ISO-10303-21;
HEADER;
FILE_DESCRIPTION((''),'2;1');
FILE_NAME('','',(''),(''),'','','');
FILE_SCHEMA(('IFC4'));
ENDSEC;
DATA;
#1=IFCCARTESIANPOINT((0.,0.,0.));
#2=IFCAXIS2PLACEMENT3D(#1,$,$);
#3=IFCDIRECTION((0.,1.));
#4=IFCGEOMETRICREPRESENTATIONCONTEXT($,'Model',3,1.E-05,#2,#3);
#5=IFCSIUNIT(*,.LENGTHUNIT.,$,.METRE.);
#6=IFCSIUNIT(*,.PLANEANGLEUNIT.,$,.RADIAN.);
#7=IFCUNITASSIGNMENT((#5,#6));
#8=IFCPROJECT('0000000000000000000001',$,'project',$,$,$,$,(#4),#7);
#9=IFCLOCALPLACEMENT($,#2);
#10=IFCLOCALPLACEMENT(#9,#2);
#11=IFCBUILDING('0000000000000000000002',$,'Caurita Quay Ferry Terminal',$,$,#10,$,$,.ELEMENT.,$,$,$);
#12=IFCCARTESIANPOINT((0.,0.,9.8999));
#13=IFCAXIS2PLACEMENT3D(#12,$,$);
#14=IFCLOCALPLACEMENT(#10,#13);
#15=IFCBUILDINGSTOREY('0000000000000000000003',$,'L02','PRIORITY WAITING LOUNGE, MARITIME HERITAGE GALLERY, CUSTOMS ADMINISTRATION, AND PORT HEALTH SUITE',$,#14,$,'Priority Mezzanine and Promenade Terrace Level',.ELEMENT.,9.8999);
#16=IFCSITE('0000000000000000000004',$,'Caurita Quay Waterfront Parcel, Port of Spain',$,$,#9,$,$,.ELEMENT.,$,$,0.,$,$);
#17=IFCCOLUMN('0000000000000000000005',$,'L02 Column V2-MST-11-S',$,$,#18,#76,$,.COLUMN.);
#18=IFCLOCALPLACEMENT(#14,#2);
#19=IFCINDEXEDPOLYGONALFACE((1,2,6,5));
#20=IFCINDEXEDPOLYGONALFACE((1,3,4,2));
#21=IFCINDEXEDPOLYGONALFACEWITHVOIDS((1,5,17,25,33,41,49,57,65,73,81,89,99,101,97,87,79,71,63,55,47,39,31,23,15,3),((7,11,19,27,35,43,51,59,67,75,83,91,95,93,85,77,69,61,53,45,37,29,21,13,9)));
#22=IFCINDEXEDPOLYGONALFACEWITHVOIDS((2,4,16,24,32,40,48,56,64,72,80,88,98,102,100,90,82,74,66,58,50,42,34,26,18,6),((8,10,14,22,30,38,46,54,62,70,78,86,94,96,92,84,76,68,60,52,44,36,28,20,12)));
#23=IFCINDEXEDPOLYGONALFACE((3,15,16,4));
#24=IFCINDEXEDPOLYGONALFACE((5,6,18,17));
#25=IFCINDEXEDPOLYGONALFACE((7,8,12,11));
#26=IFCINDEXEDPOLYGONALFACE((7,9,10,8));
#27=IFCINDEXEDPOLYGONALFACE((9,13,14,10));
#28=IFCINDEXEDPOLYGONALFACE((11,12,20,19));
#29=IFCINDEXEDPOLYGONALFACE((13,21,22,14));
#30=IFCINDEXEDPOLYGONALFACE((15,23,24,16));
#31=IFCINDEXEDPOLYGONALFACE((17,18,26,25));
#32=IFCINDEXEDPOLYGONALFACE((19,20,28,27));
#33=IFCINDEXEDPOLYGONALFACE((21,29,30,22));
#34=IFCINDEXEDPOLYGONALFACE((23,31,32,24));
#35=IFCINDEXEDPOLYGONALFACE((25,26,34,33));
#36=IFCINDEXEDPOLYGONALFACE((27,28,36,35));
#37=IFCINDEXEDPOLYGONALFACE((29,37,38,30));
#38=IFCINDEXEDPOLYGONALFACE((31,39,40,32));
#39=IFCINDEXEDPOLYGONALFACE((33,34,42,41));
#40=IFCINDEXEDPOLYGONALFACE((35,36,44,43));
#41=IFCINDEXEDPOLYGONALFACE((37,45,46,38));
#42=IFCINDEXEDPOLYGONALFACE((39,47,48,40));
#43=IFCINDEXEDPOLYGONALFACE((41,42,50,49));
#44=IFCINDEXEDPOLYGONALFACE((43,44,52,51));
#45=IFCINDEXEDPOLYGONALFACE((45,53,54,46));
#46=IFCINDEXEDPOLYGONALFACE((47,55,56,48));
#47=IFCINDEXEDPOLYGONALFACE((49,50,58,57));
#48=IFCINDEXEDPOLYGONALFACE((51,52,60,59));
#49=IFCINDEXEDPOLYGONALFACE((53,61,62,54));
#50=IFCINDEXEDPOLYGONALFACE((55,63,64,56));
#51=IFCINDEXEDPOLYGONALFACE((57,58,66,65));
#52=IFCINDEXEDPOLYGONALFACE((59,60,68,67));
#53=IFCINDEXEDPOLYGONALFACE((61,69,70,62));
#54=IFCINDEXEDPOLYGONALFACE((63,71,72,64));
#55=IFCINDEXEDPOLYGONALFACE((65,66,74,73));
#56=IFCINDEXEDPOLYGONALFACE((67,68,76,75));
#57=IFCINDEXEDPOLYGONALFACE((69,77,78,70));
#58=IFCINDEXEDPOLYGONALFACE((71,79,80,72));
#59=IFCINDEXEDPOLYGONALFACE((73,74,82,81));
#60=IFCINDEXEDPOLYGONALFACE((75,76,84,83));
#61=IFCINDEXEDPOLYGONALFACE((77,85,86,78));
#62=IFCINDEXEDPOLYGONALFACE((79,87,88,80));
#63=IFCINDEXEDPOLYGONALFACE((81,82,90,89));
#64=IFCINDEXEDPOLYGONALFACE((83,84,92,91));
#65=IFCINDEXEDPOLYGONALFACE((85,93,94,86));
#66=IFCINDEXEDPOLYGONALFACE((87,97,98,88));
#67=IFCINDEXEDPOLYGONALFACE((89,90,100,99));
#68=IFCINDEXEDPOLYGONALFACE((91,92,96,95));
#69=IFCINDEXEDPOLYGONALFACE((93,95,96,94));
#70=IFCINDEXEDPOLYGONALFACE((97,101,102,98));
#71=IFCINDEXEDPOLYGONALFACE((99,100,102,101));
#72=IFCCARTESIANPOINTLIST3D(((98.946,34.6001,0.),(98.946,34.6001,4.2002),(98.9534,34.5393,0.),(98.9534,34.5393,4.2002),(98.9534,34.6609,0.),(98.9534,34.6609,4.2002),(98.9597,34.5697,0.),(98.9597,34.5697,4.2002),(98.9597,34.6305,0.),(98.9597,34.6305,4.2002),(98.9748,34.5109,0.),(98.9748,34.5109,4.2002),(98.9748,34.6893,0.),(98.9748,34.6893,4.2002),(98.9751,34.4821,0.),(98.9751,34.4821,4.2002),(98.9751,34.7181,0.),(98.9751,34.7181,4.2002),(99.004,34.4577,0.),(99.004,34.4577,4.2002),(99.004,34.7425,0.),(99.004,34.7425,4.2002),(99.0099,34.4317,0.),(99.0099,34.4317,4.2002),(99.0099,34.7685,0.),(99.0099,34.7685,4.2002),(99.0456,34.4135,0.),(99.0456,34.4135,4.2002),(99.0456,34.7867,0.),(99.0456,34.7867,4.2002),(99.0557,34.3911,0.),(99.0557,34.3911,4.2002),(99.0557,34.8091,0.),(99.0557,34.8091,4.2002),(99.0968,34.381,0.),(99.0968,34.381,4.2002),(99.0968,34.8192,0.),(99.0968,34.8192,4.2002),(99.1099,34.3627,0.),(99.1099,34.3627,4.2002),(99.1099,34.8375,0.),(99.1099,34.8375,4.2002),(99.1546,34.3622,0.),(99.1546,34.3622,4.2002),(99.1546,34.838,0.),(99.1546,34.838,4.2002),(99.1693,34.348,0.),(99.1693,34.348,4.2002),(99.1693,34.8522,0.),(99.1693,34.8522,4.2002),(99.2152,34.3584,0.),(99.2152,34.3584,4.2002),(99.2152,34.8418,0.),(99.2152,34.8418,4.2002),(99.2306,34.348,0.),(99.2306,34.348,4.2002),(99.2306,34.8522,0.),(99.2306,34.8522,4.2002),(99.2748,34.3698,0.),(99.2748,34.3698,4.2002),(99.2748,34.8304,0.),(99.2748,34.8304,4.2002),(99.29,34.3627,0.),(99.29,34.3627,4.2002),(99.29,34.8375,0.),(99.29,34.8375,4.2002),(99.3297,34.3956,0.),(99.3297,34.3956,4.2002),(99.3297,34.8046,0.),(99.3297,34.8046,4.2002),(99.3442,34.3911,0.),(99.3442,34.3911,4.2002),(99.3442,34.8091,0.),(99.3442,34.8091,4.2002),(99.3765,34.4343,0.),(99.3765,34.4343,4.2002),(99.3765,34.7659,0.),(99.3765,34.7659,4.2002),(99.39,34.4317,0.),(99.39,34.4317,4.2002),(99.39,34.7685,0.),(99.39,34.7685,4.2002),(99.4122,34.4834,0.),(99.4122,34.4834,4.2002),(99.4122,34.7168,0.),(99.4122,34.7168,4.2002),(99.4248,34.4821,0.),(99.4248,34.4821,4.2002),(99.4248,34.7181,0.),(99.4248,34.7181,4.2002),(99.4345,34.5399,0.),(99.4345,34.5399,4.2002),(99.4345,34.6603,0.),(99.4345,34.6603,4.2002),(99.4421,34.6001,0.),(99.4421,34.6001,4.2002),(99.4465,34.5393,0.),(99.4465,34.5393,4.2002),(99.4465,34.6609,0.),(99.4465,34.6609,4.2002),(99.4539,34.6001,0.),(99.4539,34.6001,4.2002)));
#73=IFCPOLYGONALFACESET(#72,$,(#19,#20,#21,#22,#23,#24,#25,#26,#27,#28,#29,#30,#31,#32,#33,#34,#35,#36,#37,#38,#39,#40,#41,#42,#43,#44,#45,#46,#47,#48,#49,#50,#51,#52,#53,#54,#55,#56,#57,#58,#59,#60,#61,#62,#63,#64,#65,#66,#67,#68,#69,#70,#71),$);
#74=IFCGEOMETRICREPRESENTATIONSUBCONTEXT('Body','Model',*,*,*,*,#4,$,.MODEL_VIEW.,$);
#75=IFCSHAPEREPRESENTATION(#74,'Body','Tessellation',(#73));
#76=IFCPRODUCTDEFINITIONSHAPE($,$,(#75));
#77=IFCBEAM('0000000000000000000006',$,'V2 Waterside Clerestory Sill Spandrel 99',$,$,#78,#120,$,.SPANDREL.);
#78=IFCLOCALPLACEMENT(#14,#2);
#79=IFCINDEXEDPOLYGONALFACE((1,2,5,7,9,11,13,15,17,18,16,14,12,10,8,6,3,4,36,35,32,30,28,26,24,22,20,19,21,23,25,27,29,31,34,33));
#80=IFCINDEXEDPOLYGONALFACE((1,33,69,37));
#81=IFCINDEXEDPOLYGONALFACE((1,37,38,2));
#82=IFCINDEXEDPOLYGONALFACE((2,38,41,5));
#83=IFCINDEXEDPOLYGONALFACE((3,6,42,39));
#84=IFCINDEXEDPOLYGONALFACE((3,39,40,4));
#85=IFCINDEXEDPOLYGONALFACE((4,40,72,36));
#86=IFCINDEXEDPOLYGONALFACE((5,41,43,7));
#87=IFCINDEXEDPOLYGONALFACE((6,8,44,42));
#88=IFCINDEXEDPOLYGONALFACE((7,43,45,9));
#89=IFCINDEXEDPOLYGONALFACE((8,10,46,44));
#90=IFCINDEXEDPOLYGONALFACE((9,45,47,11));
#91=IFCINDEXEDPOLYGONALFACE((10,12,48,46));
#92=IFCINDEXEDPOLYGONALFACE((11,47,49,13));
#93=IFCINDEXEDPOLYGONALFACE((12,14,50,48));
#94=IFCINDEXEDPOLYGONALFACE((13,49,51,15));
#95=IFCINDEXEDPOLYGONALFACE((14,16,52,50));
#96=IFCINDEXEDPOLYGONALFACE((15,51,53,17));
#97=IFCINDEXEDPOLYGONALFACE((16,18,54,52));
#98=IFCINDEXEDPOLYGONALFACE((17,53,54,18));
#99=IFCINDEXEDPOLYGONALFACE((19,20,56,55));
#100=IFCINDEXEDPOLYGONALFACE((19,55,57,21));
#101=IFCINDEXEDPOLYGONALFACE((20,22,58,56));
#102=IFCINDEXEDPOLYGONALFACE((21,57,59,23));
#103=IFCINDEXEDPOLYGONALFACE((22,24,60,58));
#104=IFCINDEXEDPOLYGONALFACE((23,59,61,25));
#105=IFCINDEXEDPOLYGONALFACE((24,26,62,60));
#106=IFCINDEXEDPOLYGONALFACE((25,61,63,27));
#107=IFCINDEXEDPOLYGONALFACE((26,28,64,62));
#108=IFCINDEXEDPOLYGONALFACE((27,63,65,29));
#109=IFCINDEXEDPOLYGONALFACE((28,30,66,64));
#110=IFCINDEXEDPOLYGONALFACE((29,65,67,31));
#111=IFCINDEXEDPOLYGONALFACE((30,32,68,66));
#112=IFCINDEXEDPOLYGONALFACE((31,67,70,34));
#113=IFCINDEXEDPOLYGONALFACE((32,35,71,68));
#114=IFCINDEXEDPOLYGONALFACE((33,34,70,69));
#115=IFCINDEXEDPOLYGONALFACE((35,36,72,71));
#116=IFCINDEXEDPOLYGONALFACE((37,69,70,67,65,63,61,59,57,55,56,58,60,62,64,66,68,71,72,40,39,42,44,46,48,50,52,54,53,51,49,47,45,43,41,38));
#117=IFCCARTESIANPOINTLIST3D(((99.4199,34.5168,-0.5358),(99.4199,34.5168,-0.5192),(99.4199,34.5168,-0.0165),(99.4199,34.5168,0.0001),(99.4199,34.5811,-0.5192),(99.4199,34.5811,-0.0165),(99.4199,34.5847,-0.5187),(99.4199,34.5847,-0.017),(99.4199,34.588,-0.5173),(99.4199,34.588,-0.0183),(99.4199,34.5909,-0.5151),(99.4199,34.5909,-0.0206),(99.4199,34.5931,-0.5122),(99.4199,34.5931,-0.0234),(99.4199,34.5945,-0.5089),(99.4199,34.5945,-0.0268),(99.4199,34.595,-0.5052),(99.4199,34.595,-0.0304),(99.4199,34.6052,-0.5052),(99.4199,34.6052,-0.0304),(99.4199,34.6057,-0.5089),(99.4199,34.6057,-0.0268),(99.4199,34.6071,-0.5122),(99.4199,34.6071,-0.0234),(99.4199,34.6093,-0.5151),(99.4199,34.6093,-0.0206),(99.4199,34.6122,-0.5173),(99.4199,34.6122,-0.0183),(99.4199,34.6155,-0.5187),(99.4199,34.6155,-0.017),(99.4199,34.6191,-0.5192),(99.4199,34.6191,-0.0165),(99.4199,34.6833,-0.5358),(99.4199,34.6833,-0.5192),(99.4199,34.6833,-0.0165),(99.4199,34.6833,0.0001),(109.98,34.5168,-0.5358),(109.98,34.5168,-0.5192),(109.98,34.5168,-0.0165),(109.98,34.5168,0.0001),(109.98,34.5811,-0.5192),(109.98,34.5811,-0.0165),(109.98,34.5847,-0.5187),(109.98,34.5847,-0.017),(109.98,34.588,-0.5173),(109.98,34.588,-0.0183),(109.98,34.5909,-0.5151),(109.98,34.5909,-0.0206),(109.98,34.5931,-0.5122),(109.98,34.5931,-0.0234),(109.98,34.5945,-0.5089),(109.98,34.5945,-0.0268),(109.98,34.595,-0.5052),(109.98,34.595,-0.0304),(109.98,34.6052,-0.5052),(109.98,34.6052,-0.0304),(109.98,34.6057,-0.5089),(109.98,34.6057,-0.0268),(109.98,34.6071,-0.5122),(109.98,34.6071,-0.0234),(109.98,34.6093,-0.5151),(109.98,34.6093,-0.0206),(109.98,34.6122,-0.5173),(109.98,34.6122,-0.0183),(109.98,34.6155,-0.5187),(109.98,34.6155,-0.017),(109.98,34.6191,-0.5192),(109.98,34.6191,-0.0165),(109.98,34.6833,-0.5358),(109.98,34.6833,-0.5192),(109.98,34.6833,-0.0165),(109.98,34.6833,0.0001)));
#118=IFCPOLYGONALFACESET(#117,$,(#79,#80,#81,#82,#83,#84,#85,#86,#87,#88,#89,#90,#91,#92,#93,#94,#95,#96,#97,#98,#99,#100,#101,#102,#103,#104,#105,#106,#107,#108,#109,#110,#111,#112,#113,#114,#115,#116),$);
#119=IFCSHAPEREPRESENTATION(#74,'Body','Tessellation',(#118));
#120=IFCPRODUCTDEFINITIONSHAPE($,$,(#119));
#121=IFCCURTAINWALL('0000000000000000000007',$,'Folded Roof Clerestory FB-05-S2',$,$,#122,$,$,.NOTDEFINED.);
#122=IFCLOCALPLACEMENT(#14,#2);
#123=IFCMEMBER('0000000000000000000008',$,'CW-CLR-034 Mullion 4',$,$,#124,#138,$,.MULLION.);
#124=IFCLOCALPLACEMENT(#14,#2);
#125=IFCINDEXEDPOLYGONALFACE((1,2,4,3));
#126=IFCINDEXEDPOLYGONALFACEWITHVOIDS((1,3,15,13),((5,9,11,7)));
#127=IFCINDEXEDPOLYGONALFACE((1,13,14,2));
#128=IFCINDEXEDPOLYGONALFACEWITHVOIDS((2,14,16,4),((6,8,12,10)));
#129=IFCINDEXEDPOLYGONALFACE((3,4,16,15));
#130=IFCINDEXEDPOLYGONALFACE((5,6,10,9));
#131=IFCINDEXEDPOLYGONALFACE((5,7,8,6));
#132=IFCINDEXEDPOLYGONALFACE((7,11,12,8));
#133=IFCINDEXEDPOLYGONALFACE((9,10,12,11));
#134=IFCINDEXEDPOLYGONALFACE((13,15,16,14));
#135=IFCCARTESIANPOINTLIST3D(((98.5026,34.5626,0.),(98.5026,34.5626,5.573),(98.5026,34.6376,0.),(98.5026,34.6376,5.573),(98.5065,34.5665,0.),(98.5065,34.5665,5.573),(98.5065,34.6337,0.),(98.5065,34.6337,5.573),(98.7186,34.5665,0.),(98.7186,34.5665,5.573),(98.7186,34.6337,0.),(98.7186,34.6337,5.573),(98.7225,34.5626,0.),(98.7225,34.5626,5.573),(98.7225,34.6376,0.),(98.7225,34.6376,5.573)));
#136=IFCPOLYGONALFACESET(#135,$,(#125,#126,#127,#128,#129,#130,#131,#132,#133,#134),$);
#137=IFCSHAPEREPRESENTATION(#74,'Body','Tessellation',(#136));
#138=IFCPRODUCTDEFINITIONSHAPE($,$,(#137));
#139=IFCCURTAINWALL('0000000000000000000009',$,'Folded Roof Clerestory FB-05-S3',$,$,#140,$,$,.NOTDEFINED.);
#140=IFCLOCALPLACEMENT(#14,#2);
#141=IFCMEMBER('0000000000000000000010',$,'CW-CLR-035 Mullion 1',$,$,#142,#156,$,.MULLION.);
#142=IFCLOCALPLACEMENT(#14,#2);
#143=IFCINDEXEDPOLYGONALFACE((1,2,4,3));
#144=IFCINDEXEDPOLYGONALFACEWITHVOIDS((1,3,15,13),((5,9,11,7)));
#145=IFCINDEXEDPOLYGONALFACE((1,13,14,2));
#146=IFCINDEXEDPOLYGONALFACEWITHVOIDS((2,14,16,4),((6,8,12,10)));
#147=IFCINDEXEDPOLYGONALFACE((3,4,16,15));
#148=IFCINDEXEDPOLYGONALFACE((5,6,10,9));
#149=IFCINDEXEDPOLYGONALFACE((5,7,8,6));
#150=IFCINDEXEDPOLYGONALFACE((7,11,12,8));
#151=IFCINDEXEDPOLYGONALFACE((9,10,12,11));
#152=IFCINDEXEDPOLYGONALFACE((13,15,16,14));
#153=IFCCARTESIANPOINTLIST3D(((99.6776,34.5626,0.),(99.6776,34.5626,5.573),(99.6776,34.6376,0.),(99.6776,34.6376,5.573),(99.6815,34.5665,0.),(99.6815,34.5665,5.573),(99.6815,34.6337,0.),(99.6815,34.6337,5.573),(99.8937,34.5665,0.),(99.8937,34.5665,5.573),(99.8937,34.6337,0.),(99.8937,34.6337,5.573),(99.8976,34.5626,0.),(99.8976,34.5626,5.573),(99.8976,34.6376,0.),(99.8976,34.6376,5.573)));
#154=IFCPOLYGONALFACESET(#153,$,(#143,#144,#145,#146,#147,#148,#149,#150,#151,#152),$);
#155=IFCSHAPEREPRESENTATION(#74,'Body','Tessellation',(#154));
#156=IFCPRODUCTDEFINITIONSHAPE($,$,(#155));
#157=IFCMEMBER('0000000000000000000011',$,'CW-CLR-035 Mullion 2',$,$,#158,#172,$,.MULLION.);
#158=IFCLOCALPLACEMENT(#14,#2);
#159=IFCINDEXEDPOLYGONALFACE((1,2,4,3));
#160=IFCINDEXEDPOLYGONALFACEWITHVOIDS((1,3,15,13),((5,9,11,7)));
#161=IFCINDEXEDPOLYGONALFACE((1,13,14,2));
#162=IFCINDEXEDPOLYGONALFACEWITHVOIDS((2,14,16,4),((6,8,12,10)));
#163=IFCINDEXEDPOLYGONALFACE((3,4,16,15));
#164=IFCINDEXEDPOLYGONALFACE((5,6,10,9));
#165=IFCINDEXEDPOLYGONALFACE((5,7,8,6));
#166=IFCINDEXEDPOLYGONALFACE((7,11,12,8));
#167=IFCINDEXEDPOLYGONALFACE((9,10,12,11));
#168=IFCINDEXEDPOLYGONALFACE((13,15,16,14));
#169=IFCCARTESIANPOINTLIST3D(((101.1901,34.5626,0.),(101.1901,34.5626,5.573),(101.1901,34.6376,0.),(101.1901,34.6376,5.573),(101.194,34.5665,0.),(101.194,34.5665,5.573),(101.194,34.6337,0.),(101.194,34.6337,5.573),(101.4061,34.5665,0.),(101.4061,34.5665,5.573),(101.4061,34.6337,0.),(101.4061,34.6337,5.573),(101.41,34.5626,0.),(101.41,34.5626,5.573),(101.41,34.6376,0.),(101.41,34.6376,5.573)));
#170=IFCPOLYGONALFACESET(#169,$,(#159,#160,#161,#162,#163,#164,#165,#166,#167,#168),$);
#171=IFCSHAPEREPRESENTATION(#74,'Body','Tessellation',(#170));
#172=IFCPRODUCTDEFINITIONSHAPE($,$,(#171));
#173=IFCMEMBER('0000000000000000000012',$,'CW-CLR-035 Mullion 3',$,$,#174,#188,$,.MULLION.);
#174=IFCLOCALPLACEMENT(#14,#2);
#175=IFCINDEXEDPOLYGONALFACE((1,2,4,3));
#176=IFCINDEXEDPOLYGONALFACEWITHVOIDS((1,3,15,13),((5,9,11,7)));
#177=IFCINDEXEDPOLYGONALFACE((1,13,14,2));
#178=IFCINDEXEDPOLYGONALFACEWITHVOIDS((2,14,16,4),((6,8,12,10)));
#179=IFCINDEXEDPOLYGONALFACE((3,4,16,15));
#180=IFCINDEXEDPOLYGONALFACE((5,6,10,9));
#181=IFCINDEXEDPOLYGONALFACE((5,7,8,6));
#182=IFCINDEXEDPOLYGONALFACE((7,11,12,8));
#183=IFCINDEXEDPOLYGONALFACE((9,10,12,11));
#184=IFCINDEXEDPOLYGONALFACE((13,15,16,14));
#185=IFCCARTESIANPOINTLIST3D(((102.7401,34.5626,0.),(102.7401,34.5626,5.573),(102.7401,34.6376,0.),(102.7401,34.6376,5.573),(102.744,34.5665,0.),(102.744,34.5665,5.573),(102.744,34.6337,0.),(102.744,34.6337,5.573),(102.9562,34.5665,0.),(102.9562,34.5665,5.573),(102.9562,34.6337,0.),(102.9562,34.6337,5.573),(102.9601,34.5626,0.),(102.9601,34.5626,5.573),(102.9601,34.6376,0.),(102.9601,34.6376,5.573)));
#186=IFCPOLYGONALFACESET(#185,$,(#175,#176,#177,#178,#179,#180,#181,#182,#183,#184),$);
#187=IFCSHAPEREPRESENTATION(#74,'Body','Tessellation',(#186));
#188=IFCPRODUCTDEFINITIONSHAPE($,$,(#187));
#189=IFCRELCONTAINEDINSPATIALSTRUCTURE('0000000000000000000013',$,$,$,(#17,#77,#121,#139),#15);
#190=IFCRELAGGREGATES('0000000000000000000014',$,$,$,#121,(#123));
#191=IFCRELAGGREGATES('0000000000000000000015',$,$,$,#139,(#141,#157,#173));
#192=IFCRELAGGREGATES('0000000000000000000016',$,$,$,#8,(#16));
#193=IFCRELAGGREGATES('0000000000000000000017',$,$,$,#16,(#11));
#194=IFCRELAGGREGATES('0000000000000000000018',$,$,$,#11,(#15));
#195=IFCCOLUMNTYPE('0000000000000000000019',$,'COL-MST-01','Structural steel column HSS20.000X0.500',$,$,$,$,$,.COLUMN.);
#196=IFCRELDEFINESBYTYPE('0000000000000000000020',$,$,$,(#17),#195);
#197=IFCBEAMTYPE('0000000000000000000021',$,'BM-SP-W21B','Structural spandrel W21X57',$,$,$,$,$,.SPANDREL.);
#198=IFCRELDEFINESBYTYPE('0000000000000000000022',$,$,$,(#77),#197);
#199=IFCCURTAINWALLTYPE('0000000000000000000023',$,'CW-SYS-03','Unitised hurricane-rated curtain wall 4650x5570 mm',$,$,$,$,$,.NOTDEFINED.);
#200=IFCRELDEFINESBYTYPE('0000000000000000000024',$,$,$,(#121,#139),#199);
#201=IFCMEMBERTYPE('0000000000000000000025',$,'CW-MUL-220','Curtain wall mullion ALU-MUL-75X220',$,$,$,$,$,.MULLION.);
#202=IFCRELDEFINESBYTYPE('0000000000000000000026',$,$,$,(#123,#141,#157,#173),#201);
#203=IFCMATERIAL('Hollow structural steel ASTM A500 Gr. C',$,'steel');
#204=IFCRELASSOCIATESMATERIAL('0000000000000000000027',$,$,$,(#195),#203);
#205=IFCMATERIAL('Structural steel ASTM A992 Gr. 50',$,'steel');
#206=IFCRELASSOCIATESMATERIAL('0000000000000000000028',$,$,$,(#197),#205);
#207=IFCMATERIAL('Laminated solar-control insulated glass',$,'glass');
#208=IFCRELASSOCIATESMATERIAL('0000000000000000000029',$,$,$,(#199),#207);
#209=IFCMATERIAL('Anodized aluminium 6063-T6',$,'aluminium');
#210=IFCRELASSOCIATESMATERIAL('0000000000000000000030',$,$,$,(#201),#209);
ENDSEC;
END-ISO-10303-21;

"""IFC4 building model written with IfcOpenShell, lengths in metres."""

from ifc_helpers import new_model, si_unit, direction, frame, origin, origin_2d, place, context, subcontext, project, spatial, hollow_rectangle, hollow_circle, i_section, extrude, material, material_profile, profile_set, type_object, element, aggregate, save


model = new_model("IFC4")

# Units and contexts
model_context = context("Model", 3, precision=1e-05, world=origin(), true_north=direction((0.0, 1.0)))
body_context = subcontext(model_context, "Body", "Model", "MODEL_VIEW")
ifc_project = project(units=[si_unit("LENGTHUNIT", "METRE"), si_unit("PLANEANGLEUNIT", "RADIAN")], contexts=[model_context])

# Site, building, storey
site_placement = place(None, origin())
site = spatial("IfcSite", under=ifc_project, at=site_placement, Name="Caurita Quay Waterfront Parcel, Port of Spain", CompositionType="ELEMENT", RefElevation=0.0)
building_placement = place(site_placement, origin())
building = spatial("IfcBuilding", under=site, at=building_placement, Name="Caurita Quay Ferry Terminal", CompositionType="ELEMENT")
storey_placement = place(building_placement, frame((0.0, 0.0, 9.8999)))
storey = spatial("IfcBuildingStorey", under=building, at=storey_placement, Name="L02", Description="PRIORITY WAITING LOUNGE, MARITIME HERITAGE GALLERY, CUSTOMS ADMINISTRATION, AND PORT HEALTH SUITE", LongName="Priority Mezzanine and Promenade Terrace Level", CompositionType="ELEMENT", Elevation=9.8999)

# Column
ifc_material_1 = material(Name="Hollow structural steel ASTM A500 Gr. C", Category="steel")
ifc_material_profile_1 = material_profile(ifc_material_1, hollow_circle(Radius=0.2539, WallThickness=0.0117, at=origin_2d()), Name="HSS20.000X0.500")
ifc_profile_set_1 = profile_set([ifc_material_profile_1], Name="Hollow structural steel ASTM A500 Gr. C")
column_type = type_object("IfcColumnType", Name="COL-MST-01", Description="Structural steel column HSS20.000X0.500", PredefinedType="COLUMN", material=ifc_profile_set_1)
column_placement = place(storey_placement, frame((99.2, 34.6001, 0.0), z_axis=(0.0, 0.0, 1.0), x_axis=(1.0, 0.0, 0.0)))
element("IfcColumn", 1, at=column_placement, inside=storey, type_object=column_type, Name="L02 Column V2-MST-11-S", PredefinedType="COLUMN", context=body_context, shape_type="SweptSolid", body=[
    extrude(hollow_circle(Radius=0.2539, WallThickness=0.0117, at=origin_2d()), origin(), (0.0, 0.0, 1.0), 4.2002),
])

# Beam
ifc_material_2 = material(Name="Structural steel ASTM A992 Gr. 50", Category="steel")
ifc_material_profile_2 = material_profile(ifc_material_2, i_section(OverallWidth=0.1665, OverallDepth=0.5359, WebThickness=0.0103, FlangeThickness=0.0166, FilletRadius=0.0139, at=origin_2d()), Name="W21X57")
ifc_profile_set_2 = profile_set([ifc_material_profile_2], Name="Structural steel ASTM A992 Gr. 50")
beam_type = type_object("IfcBeamType", Name="BM-SP-W21B", Description="Structural spandrel W21X57", PredefinedType="SPANDREL", material=ifc_profile_set_2)
beam_placement = place(storey_placement, frame((99.4199, 34.6001, -0.2678), z_axis=(1.0, 0.0, 0.0), x_axis=(0.0, 1.0, 0.0)))
element("IfcBeam", 2, at=beam_placement, inside=storey, type_object=beam_type, Name="V2 Waterside Clerestory Sill Spandrel 99", PredefinedType="SPANDREL", context=body_context, shape_type="SweptSolid", body=[
    extrude(i_section(OverallWidth=0.1665, OverallDepth=0.5359, WebThickness=0.0103, FlangeThickness=0.0166, FilletRadius=0.0139, at=origin_2d()), origin(), (0.0, 0.0, 1.0), 10.5601),
])

# Curtain wall, member
ifc_material_3 = material(Name="Laminated solar-control insulated glass", Category="glass")
curtain_wall_type_1 = type_object("IfcCurtainWallType", Name="CW-SYS-03", Description="Unitised hurricane-rated curtain wall 4650x5570 mm", PredefinedType="NOTDEFINED", material=ifc_material_3)
curtain_wall_1_placement = place(storey_placement, origin())
curtain_wall_1 = element("IfcCurtainWall", 3, at=curtain_wall_1_placement, inside=storey, type_object=curtain_wall_type_1, Name="Folded Roof Clerestory FB-05-S2", PredefinedType="NOTDEFINED")
ifc_material_4 = material(Name="Anodized aluminium 6063-T6", Category="aluminium")
ifc_material_profile_3 = material_profile(ifc_material_4, hollow_rectangle(XDim=0.075, YDim=0.22, WallThickness=0.0039, at=origin_2d()), Name="ALU-MUL-75X220")
ifc_profile_set_3 = profile_set([ifc_material_profile_3], Name="Anodized aluminium 6063-T6")
member_type_1 = type_object("IfcMemberType", Name="CW-MUL-220", Description="Curtain wall mullion ALU-MUL-75X220", PredefinedType="MULLION", material=ifc_profile_set_3)
member_1_placement = place(storey_placement, frame((98.6125, 34.6001, 0.0), z_axis=(0.0, 0.0, 1.0), x_axis=(0.0, 1.0, 0.0)))
member_1 = element("IfcMember", 4, at=member_1_placement, type_object=member_type_1, Name="CW-CLR-034 Mullion 4", PredefinedType="MULLION", context=body_context, shape_type="SweptSolid", body=[
    extrude(hollow_rectangle(XDim=0.075, YDim=0.22, WallThickness=0.0039, at=origin_2d()), origin(), (0.0, 0.0, 1.0), 5.573),
])

# Curtain wall, members
curtain_wall_2_placement = place(storey_placement, origin())
curtain_wall_2 = element("IfcCurtainWall", 5, at=curtain_wall_2_placement, inside=storey, type_object=curtain_wall_type_1, Name="Folded Roof Clerestory FB-05-S3", PredefinedType="NOTDEFINED")
member_2_placement = place(storey_placement, frame((99.7876, 34.6001, 0.0), z_axis=(0.0, 0.0, 1.0), x_axis=(0.0, 1.0, 0.0)))
member_2 = element("IfcMember", 6, at=member_2_placement, type_object=member_type_1, Name="CW-CLR-035 Mullion 1", PredefinedType="MULLION", context=body_context, shape_type="SweptSolid", body=[
    extrude(hollow_rectangle(XDim=0.075, YDim=0.22, WallThickness=0.0039, at=origin_2d()), origin(), (0.0, 0.0, 1.0), 5.573),
])
member_3_placement = place(storey_placement, frame((101.3, 34.6001, 0.0), z_axis=(0.0, 0.0, 1.0), x_axis=(0.0, 1.0, 0.0)))
member_3 = element("IfcMember", 7, at=member_3_placement, type_object=member_type_1, Name="CW-CLR-035 Mullion 2", PredefinedType="MULLION", context=body_context, shape_type="SweptSolid", body=[
    extrude(hollow_rectangle(XDim=0.075, YDim=0.22, WallThickness=0.0039, at=origin_2d()), origin(), (0.0, 0.0, 1.0), 5.573),
])
member_4_placement = place(storey_placement, frame((102.8501, 34.6001, 0.0), z_axis=(0.0, 0.0, 1.0), x_axis=(0.0, 1.0, 0.0)))
member_4 = element("IfcMember", 8, at=member_4_placement, type_object=member_type_1, Name="CW-CLR-035 Mullion 3", PredefinedType="MULLION", context=body_context, shape_type="SweptSolid", body=[
    extrude(hollow_rectangle(XDim=0.075, YDim=0.22, WallThickness=0.0039, at=origin_2d()), origin(), (0.0, 0.0, 1.0), 5.573),
])

aggregate(curtain_wall_1, [member_1])
aggregate(curtain_wall_2, [member_2, member_3, member_4])

save(model, "model.ifc")
